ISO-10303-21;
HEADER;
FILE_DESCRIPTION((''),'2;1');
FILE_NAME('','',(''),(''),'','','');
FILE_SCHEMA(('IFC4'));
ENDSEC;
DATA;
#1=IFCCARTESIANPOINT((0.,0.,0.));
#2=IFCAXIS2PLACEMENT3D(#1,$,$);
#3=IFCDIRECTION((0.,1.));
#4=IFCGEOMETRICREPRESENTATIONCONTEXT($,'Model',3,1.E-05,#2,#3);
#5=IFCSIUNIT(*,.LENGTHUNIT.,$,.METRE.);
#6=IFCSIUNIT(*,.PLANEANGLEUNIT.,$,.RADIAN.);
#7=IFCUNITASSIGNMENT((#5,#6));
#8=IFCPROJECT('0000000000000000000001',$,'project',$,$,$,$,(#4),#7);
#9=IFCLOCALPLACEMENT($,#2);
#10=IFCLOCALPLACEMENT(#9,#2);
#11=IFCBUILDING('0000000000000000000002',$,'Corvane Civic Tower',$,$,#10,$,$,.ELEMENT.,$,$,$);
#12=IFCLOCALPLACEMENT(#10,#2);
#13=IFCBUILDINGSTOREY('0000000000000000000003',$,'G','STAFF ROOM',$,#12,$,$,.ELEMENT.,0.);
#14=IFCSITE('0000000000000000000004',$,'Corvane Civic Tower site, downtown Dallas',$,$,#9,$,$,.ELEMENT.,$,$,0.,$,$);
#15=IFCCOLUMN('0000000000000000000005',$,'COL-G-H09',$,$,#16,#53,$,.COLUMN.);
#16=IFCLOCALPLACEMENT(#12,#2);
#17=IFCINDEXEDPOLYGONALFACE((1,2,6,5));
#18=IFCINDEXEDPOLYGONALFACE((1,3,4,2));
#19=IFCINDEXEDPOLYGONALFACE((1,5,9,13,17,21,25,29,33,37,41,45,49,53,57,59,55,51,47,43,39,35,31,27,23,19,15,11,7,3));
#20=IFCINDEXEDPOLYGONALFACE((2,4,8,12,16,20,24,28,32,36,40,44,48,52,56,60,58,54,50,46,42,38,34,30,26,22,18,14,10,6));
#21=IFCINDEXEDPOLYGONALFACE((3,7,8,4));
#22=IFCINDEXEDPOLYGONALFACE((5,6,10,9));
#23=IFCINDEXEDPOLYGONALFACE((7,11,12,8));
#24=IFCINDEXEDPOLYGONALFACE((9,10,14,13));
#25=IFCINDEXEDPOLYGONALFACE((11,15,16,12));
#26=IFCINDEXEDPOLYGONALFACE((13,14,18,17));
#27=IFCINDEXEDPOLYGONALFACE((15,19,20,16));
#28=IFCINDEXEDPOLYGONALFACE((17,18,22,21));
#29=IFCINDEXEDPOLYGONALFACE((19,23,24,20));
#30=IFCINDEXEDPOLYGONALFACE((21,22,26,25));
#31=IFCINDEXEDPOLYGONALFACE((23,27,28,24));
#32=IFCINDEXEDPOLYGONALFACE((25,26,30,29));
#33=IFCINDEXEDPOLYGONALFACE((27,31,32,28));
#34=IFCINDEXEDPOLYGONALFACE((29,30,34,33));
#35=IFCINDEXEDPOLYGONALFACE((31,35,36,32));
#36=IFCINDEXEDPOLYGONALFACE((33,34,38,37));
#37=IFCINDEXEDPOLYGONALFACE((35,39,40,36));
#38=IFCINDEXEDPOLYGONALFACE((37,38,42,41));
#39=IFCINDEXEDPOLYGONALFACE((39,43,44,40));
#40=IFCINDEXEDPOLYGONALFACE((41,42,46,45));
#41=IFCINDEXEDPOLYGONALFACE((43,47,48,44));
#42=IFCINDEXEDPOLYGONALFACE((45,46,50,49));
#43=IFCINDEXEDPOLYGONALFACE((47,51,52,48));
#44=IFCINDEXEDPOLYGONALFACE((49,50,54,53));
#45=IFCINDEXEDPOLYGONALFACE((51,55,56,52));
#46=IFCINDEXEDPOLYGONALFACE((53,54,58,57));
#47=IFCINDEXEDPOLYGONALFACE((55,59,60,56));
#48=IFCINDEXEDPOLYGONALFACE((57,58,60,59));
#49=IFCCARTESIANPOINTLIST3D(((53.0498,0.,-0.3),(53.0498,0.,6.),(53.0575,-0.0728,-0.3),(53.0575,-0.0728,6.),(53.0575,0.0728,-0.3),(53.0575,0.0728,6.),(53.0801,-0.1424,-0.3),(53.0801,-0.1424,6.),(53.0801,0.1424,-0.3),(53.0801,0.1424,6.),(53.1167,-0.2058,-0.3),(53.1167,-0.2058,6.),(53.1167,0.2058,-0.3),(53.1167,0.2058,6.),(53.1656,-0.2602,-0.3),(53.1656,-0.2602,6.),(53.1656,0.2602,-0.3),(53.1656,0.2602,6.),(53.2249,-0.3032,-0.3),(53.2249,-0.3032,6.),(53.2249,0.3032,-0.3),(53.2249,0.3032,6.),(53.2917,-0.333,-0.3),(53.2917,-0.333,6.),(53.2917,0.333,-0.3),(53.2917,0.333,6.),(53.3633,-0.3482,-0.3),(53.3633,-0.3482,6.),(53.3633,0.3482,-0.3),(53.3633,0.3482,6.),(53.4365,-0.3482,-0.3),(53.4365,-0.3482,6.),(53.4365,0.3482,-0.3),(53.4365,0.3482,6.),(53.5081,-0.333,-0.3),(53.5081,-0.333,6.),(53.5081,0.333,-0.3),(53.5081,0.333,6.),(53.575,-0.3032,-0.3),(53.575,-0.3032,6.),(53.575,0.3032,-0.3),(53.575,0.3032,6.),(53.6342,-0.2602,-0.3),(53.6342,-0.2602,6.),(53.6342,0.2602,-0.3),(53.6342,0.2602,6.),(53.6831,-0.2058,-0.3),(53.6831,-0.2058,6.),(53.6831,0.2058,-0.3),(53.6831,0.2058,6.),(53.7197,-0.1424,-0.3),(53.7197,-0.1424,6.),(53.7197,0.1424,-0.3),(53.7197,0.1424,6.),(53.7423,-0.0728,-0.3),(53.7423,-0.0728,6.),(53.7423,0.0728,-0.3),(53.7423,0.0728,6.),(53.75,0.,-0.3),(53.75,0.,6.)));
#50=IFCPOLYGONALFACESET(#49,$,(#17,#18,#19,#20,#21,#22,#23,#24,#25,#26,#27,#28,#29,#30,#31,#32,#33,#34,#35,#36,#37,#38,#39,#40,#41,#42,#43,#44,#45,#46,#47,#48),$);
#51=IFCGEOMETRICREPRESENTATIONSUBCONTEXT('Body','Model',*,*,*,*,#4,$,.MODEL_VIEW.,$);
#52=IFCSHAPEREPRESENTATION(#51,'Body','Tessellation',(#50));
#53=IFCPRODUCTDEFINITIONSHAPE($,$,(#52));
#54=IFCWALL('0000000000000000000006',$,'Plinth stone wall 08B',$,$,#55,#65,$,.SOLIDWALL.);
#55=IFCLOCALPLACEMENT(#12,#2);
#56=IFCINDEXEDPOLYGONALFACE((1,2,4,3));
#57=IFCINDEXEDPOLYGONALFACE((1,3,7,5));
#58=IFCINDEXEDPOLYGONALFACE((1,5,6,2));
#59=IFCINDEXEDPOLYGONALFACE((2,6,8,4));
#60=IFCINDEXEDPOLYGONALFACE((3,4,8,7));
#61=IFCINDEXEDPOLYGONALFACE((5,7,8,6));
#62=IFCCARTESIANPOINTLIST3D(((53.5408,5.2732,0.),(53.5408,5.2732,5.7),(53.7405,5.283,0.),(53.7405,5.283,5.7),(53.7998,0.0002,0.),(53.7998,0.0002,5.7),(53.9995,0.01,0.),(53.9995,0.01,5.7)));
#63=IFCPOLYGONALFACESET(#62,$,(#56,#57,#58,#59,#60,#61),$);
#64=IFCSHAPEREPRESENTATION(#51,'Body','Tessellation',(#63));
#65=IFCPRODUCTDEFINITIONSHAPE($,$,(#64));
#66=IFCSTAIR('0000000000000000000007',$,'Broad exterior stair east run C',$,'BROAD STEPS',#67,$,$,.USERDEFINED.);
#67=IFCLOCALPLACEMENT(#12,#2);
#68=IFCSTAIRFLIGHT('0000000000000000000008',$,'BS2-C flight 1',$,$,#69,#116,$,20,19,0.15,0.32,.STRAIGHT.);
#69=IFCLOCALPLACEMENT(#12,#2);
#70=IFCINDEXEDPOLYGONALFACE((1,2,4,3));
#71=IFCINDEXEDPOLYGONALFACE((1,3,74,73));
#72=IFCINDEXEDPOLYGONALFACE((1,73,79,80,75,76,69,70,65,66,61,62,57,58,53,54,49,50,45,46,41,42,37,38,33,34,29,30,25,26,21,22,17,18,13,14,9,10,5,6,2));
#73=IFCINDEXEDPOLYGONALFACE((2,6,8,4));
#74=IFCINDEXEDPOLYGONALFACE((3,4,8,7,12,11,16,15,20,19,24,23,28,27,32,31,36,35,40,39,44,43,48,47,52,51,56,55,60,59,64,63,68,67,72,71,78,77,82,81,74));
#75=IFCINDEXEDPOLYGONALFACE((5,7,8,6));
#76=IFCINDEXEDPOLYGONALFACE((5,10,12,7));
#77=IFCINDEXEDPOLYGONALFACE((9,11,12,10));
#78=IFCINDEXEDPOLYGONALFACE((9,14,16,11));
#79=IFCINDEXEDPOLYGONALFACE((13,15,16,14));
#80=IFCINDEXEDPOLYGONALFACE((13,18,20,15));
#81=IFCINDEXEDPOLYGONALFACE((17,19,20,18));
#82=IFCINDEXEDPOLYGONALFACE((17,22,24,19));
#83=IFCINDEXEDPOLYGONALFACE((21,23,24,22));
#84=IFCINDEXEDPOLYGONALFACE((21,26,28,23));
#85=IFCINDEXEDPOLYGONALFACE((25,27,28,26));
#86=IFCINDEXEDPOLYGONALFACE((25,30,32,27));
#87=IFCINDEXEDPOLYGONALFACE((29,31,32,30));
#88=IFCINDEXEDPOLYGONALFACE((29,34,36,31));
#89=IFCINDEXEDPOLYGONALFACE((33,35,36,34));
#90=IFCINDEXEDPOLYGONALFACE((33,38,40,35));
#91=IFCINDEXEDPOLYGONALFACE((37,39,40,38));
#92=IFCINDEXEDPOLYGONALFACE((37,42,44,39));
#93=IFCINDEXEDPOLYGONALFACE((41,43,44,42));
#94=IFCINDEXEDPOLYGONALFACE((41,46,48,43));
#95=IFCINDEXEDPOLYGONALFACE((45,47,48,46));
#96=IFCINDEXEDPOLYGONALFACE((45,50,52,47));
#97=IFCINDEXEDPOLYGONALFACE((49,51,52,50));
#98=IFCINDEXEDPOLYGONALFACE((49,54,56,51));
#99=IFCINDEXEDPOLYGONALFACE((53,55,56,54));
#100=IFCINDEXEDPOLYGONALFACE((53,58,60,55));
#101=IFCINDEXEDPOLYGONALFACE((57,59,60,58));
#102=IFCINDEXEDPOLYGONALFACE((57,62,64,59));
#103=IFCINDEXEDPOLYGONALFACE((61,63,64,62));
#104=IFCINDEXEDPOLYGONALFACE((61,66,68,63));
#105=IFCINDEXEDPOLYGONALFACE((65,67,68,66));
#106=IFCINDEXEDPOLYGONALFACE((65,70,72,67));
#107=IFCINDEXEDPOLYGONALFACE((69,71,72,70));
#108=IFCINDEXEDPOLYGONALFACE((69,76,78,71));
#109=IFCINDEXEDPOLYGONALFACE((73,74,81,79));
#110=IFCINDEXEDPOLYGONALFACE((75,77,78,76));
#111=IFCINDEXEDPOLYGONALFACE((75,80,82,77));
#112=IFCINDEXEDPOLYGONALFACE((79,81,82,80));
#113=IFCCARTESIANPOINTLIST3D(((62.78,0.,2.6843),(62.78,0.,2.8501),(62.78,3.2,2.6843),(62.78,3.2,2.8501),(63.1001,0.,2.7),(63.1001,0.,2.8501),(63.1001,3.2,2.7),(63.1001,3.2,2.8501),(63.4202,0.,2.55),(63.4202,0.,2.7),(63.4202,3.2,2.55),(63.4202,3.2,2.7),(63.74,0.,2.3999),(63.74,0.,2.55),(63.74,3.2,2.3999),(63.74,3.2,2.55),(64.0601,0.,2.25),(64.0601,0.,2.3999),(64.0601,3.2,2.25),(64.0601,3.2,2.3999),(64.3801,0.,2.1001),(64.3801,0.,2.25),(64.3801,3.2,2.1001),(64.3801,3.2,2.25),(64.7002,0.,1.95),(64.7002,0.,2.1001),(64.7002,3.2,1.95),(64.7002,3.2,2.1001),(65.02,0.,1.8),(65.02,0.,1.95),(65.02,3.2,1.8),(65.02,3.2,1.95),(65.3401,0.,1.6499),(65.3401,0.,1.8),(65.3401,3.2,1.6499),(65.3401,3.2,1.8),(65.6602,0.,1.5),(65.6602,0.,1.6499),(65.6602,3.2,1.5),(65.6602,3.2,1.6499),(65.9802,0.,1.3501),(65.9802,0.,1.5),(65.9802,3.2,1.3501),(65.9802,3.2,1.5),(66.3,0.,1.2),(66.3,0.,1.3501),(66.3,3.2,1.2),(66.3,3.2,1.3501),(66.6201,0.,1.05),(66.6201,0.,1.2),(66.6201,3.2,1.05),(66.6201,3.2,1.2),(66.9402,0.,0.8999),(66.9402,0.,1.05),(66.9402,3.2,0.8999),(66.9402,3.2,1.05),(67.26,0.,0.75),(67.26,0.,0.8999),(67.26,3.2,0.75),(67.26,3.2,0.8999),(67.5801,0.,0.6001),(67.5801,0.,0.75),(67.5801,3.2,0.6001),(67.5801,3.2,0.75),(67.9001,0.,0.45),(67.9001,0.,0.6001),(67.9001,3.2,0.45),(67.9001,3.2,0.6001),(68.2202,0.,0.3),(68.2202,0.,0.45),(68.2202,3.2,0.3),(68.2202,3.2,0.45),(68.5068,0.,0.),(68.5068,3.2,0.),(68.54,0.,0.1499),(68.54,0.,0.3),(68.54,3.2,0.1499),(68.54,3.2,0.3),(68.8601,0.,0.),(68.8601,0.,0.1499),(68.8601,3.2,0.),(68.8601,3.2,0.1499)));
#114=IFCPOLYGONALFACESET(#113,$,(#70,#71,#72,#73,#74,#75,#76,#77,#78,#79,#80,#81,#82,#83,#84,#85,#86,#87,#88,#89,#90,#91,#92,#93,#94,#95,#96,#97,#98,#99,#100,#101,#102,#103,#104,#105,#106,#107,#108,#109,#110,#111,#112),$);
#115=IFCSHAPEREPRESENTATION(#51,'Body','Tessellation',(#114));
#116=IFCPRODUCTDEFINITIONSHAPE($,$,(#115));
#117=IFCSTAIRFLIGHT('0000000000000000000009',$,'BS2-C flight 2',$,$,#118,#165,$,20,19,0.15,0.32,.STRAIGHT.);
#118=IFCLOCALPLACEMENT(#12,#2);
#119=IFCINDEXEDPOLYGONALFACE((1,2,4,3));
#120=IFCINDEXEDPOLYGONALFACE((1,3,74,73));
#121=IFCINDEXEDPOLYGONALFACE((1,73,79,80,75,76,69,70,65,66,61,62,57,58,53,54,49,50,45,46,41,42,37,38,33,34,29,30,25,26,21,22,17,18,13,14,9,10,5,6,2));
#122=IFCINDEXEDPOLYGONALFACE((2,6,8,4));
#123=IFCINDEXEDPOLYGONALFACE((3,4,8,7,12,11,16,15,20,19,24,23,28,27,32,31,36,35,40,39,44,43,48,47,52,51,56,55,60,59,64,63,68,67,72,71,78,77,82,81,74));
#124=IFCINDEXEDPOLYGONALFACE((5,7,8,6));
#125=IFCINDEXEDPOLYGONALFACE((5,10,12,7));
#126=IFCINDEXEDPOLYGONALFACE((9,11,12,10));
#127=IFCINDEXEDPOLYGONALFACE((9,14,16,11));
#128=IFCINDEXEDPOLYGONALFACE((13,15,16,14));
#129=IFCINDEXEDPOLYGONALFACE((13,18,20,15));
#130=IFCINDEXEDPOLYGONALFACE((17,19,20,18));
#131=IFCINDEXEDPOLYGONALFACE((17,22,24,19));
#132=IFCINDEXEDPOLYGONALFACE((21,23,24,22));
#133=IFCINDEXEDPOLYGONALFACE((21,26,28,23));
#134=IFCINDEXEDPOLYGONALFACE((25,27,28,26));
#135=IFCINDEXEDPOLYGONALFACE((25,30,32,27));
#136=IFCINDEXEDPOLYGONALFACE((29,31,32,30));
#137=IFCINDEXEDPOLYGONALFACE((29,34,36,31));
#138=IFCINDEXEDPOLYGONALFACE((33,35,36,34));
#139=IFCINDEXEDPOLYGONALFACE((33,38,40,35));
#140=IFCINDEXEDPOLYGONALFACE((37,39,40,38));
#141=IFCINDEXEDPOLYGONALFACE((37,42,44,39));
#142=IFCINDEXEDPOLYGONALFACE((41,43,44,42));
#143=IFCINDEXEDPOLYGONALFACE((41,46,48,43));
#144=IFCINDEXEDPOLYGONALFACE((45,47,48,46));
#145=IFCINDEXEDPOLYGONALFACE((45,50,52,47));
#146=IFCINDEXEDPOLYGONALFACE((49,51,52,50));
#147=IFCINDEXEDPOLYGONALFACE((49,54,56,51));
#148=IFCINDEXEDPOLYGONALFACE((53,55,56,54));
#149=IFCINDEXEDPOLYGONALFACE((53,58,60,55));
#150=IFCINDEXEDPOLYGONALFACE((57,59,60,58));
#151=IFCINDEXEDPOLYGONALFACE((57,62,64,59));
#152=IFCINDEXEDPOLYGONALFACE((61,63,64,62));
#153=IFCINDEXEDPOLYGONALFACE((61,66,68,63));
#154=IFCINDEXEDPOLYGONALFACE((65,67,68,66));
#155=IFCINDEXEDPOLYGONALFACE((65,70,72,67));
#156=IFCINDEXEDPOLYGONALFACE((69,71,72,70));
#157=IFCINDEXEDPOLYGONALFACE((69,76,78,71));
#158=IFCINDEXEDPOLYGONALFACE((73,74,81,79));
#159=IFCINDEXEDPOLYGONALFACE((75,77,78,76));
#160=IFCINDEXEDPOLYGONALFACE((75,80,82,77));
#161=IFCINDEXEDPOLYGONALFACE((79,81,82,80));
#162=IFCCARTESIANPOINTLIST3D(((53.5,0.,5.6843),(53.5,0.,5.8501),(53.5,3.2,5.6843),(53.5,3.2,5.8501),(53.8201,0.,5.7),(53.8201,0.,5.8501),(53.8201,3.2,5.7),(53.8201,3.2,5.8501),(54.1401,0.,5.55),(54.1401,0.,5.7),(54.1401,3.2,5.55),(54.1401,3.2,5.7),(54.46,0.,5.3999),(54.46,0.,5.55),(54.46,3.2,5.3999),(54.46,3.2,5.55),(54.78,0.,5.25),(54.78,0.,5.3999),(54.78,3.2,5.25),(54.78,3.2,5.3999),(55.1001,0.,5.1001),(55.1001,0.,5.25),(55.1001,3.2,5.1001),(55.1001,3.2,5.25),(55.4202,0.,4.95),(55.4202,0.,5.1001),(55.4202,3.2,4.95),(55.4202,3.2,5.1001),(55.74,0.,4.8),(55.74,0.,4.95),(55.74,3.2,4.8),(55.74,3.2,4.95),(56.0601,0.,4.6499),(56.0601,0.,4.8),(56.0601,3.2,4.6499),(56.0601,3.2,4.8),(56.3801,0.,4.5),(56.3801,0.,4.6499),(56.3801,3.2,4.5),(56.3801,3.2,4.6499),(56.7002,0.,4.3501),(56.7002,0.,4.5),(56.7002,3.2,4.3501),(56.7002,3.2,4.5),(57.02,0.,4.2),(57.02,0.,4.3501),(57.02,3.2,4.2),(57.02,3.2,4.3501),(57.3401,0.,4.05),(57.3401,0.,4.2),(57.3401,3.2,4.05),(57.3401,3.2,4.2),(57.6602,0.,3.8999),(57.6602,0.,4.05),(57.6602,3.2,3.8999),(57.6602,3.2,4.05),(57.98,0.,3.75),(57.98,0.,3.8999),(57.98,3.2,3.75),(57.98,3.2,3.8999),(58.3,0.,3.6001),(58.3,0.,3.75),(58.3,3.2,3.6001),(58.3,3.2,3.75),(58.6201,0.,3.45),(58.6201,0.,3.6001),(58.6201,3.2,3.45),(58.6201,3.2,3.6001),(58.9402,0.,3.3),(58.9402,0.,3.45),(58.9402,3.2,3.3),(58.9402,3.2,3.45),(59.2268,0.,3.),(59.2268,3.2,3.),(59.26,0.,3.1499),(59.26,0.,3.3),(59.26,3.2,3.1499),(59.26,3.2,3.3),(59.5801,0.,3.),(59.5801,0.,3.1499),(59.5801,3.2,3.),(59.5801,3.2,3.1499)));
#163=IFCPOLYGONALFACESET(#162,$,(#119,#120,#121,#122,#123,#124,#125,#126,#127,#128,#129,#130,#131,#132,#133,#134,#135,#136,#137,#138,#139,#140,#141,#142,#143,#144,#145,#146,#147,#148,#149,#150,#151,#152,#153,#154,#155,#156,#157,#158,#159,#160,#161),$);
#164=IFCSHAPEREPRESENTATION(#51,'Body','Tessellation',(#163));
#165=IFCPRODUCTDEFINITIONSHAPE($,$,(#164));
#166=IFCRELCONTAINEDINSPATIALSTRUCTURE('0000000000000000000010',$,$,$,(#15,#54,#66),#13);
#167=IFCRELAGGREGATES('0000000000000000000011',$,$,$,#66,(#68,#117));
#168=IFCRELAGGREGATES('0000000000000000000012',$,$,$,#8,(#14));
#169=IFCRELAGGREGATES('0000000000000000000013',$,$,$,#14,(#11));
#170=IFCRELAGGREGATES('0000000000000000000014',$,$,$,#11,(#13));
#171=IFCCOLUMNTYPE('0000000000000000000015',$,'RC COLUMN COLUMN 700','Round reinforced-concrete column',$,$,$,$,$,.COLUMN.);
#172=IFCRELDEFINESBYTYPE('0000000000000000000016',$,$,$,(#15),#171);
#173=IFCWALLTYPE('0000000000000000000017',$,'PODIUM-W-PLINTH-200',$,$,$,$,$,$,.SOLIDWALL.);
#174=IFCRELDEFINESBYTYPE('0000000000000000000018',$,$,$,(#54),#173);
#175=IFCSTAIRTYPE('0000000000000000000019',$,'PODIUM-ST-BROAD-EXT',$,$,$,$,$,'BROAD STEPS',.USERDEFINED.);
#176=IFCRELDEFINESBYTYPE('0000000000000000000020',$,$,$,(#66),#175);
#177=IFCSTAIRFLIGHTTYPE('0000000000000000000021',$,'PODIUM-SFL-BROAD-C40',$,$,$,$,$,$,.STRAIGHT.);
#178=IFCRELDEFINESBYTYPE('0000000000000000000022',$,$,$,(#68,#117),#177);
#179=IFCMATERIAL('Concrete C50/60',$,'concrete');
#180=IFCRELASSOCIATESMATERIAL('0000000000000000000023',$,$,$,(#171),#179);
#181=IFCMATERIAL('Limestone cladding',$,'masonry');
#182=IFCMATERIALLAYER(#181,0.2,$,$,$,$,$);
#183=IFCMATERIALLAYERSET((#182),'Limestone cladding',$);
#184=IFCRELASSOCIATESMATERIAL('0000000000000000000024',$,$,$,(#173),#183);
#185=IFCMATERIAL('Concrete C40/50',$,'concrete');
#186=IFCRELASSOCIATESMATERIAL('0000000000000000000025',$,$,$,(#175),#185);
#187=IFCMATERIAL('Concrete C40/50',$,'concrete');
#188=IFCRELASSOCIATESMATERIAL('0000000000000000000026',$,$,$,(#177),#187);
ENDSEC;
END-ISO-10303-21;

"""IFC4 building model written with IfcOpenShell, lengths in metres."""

from ifc_helpers import new_model, si_unit, direction, frame, frame_2d, origin, origin_2d, place, context, subcontext, project, spatial, polyline, rectangle, circle, outline, extrude, material, layer, layer_set, material_profile, profile_set, type_object, element, aggregate, save


model = new_model("IFC4")

# Units and contexts
model_context = context("Model", 3, precision=1e-05, world=origin(), true_north=direction((0.0, 1.0)))
body_context = subcontext(model_context, "Body", "Model", "MODEL_VIEW")
ifc_project = project(units=[si_unit("LENGTHUNIT", "METRE"), si_unit("PLANEANGLEUNIT", "RADIAN")], contexts=[model_context])

# Site, building, storey
site_placement = place(None, origin())
site = spatial("IfcSite", under=ifc_project, at=site_placement, Name="Corvane Civic Tower site, downtown Dallas", CompositionType="ELEMENT", RefElevation=0.0)
building_placement = place(site_placement, origin())
building = spatial("IfcBuilding", under=site, at=building_placement, Name="Corvane Civic Tower", CompositionType="ELEMENT")
storey_placement = place(building_placement, origin())
storey = spatial("IfcBuildingStorey", under=building, at=storey_placement, Name="G", Description="STAFF ROOM", CompositionType="ELEMENT", Elevation=0.0)

# Column
ifc_material_1 = material(Name="Concrete C50/60", Category="concrete")
ifc_material_profile_1 = material_profile(ifc_material_1, circle(Radius=0.3501, at=origin_2d()), Name="COLUMN 700")
ifc_profile_set_1 = profile_set([ifc_material_profile_1], Name="Concrete C50/60")
column_type_1 = type_object("IfcColumnType", Name="RC COLUMN COLUMN 700", Description="Round reinforced-concrete column", PredefinedType="COLUMN", material=ifc_profile_set_1)
column_1_placement = place(storey_placement, frame((53.3999, 0.0, -0.3), z_axis=(0.0, 0.0, 1.0), x_axis=(1.0, 0.0, 0.0)))
element("IfcColumn", 1, at=column_1_placement, inside=storey, type_object=column_type_1, Name="COL-G-H09", PredefinedType="COLUMN", context=body_context, shape_type="SweptSolid", body=[
    extrude(circle(Radius=0.3501, at=origin_2d()), origin(), (0.0, 0.0, 1.0), 6.3),
])

# Wall
ifc_material_2 = material(Name="Limestone cladding", Category="masonry")
ifc_layer = layer(ifc_material_2, 0.2)
ifc_layer_set = layer_set([ifc_layer], Name="Limestone cladding")
wall_type = type_object("IfcWallType", Name="PODIUM-W-PLINTH-200", PredefinedType="SOLIDWALL", material=ifc_layer_set)
wall_placement = place(storey_placement, frame((53.6406, 5.2781, 0.0), z_axis=(0.0, 0.0, 1.0), x_axis=(0.049066, -0.998796, 0.0)))
element("IfcWall", 2, at=wall_placement, inside=storey, type_object=wall_type, Name="Plinth stone wall 08B", PredefinedType="SOLIDWALL", context=body_context, shape_type="SweptSolid", body=[
    extrude(rectangle(XDim=5.2793, YDim=0.2, at=frame_2d((2.6396, 0.0))), origin(), (0.0, 0.0, 1.0), 5.7),
])

# Stair, stair flights
ifc_material_3 = material(Name="Concrete C40/50", Category="concrete")
stair_type = type_object("IfcStairType", Name="PODIUM-ST-BROAD-EXT", ElementType="BROAD STEPS", PredefinedType="USERDEFINED", material=ifc_material_3)
stair_1_placement = place(storey_placement, origin())
stair_1 = element("IfcStair", 3, at=stair_1_placement, inside=storey, type_object=stair_type, Name="Broad exterior stair east run C", ObjectType="BROAD STEPS", PredefinedType="USERDEFINED")
ifc_material_4 = material(Name="Concrete C40/50", Category="concrete")
stair_flight_type = type_object("IfcStairFlightType", Name="PODIUM-SFL-BROAD-C40", PredefinedType="STRAIGHT", material=ifc_material_4)
stair_flight_1_placement = place(storey_placement, frame((68.8601, 1.6001, 0.0), z_axis=(0.0, 0.0, 1.0), x_axis=(-1.0, 0.0, 0.0)))
stair_flight_1 = element("IfcStairFlight", 4, at=stair_flight_1_placement, type_object=stair_flight_type, Name="BS2-C flight 1", NumberOfRisers=20, NumberOfTreads=19, PredefinedType="STRAIGHT", RiserHeight=0.15, TreadLength=0.32, context=body_context, shape_type="SweptSolid", body=[
    extrude(outline(polyline([(0.0, 0.0), (0.0, 0.1499), (0.3201, 0.1499), (0.3201, 0.3), (0.6399, 0.3), (0.6399, 0.45), (0.96, 0.45), (0.96, 0.6001), (1.28, 0.6001), (1.28, 0.75), (1.6001, 0.75), (1.6001, 0.8999), (1.9199, 0.8999), (1.9199, 1.05), (2.24, 1.05), (2.24, 1.2), (2.5601, 1.2), (2.5601, 1.3501), (2.8799, 1.3501), (2.8799, 1.5), (3.2, 1.5), (3.2, 1.6499), (3.52, 1.6499), (3.52, 1.8), (3.8401, 1.8), (3.8401, 1.95), (4.1599, 1.95), (4.1599, 2.1001), (4.48, 2.1001), (4.48, 2.25), (4.8, 2.25), (4.8, 2.3999), (5.1201, 2.3999), (5.1201, 2.55), (5.4399, 2.55), (5.4399, 2.7), (5.76, 2.7), (5.76, 2.8501), (6.0801, 2.8501), (6.0801, 3.0), (6.0801, 2.6843), (0.3533, 0.0), (0.0, 0.0)])), frame((0.0, 1.6001, 0.0), z_axis=(0.0, -1.0, 0.0), x_axis=(1.0, 0.0, 0.0)), (0.0, 0.0, 1.0), 3.2),
])
stair_flight_2_placement = place(storey_placement, frame((59.5801, 1.6001, 3.0), z_axis=(0.0, 0.0, 1.0), x_axis=(-1.0, 0.0, 0.0)))
stair_flight_2 = element("IfcStairFlight", 5, at=stair_flight_2_placement, type_object=stair_flight_type, Name="BS2-C flight 2", NumberOfRisers=20, NumberOfTreads=19, PredefinedType="STRAIGHT", RiserHeight=0.15, TreadLength=0.32, context=body_context, shape_type="SweptSolid", body=[
    extrude(outline(polyline([(0.0, 0.0), (0.0, 0.1499), (0.3201, 0.1499), (0.3201, 0.3), (0.6399, 0.3), (0.6399, 0.45), (0.96, 0.45), (0.96, 0.6001), (1.28, 0.6001), (1.28, 0.75), (1.6001, 0.75), (1.6001, 0.8999), (1.9199, 0.8999), (1.9199, 1.05), (2.24, 1.05), (2.24, 1.2), (2.5601, 1.2), (2.5601, 1.3501), (2.8799, 1.3501), (2.8799, 1.5), (3.2, 1.5), (3.2, 1.6499), (3.52, 1.6499), (3.52, 1.8), (3.8401, 1.8), (3.8401, 1.95), (4.1599, 1.95), (4.1599, 2.1001), (4.48, 2.1001), (4.48, 2.25), (4.8, 2.25), (4.8, 2.3999), (5.1201, 2.3999), (5.1201, 2.55), (5.4399, 2.55), (5.4399, 2.7), (5.76, 2.7), (5.76, 2.8501), (6.0801, 2.8501), (6.0801, 3.0), (6.0801, 2.6843), (0.3533, 0.0), (0.0, 0.0)])), frame((0.0, 1.6001, 0.0), z_axis=(0.0, -1.0, 0.0), x_axis=(1.0, 0.0, 0.0)), (0.0, 0.0, 1.0), 3.2),
])
aggregate(stair_1, [stair_flight_1, stair_flight_2])

save(model, "model.ifc")
